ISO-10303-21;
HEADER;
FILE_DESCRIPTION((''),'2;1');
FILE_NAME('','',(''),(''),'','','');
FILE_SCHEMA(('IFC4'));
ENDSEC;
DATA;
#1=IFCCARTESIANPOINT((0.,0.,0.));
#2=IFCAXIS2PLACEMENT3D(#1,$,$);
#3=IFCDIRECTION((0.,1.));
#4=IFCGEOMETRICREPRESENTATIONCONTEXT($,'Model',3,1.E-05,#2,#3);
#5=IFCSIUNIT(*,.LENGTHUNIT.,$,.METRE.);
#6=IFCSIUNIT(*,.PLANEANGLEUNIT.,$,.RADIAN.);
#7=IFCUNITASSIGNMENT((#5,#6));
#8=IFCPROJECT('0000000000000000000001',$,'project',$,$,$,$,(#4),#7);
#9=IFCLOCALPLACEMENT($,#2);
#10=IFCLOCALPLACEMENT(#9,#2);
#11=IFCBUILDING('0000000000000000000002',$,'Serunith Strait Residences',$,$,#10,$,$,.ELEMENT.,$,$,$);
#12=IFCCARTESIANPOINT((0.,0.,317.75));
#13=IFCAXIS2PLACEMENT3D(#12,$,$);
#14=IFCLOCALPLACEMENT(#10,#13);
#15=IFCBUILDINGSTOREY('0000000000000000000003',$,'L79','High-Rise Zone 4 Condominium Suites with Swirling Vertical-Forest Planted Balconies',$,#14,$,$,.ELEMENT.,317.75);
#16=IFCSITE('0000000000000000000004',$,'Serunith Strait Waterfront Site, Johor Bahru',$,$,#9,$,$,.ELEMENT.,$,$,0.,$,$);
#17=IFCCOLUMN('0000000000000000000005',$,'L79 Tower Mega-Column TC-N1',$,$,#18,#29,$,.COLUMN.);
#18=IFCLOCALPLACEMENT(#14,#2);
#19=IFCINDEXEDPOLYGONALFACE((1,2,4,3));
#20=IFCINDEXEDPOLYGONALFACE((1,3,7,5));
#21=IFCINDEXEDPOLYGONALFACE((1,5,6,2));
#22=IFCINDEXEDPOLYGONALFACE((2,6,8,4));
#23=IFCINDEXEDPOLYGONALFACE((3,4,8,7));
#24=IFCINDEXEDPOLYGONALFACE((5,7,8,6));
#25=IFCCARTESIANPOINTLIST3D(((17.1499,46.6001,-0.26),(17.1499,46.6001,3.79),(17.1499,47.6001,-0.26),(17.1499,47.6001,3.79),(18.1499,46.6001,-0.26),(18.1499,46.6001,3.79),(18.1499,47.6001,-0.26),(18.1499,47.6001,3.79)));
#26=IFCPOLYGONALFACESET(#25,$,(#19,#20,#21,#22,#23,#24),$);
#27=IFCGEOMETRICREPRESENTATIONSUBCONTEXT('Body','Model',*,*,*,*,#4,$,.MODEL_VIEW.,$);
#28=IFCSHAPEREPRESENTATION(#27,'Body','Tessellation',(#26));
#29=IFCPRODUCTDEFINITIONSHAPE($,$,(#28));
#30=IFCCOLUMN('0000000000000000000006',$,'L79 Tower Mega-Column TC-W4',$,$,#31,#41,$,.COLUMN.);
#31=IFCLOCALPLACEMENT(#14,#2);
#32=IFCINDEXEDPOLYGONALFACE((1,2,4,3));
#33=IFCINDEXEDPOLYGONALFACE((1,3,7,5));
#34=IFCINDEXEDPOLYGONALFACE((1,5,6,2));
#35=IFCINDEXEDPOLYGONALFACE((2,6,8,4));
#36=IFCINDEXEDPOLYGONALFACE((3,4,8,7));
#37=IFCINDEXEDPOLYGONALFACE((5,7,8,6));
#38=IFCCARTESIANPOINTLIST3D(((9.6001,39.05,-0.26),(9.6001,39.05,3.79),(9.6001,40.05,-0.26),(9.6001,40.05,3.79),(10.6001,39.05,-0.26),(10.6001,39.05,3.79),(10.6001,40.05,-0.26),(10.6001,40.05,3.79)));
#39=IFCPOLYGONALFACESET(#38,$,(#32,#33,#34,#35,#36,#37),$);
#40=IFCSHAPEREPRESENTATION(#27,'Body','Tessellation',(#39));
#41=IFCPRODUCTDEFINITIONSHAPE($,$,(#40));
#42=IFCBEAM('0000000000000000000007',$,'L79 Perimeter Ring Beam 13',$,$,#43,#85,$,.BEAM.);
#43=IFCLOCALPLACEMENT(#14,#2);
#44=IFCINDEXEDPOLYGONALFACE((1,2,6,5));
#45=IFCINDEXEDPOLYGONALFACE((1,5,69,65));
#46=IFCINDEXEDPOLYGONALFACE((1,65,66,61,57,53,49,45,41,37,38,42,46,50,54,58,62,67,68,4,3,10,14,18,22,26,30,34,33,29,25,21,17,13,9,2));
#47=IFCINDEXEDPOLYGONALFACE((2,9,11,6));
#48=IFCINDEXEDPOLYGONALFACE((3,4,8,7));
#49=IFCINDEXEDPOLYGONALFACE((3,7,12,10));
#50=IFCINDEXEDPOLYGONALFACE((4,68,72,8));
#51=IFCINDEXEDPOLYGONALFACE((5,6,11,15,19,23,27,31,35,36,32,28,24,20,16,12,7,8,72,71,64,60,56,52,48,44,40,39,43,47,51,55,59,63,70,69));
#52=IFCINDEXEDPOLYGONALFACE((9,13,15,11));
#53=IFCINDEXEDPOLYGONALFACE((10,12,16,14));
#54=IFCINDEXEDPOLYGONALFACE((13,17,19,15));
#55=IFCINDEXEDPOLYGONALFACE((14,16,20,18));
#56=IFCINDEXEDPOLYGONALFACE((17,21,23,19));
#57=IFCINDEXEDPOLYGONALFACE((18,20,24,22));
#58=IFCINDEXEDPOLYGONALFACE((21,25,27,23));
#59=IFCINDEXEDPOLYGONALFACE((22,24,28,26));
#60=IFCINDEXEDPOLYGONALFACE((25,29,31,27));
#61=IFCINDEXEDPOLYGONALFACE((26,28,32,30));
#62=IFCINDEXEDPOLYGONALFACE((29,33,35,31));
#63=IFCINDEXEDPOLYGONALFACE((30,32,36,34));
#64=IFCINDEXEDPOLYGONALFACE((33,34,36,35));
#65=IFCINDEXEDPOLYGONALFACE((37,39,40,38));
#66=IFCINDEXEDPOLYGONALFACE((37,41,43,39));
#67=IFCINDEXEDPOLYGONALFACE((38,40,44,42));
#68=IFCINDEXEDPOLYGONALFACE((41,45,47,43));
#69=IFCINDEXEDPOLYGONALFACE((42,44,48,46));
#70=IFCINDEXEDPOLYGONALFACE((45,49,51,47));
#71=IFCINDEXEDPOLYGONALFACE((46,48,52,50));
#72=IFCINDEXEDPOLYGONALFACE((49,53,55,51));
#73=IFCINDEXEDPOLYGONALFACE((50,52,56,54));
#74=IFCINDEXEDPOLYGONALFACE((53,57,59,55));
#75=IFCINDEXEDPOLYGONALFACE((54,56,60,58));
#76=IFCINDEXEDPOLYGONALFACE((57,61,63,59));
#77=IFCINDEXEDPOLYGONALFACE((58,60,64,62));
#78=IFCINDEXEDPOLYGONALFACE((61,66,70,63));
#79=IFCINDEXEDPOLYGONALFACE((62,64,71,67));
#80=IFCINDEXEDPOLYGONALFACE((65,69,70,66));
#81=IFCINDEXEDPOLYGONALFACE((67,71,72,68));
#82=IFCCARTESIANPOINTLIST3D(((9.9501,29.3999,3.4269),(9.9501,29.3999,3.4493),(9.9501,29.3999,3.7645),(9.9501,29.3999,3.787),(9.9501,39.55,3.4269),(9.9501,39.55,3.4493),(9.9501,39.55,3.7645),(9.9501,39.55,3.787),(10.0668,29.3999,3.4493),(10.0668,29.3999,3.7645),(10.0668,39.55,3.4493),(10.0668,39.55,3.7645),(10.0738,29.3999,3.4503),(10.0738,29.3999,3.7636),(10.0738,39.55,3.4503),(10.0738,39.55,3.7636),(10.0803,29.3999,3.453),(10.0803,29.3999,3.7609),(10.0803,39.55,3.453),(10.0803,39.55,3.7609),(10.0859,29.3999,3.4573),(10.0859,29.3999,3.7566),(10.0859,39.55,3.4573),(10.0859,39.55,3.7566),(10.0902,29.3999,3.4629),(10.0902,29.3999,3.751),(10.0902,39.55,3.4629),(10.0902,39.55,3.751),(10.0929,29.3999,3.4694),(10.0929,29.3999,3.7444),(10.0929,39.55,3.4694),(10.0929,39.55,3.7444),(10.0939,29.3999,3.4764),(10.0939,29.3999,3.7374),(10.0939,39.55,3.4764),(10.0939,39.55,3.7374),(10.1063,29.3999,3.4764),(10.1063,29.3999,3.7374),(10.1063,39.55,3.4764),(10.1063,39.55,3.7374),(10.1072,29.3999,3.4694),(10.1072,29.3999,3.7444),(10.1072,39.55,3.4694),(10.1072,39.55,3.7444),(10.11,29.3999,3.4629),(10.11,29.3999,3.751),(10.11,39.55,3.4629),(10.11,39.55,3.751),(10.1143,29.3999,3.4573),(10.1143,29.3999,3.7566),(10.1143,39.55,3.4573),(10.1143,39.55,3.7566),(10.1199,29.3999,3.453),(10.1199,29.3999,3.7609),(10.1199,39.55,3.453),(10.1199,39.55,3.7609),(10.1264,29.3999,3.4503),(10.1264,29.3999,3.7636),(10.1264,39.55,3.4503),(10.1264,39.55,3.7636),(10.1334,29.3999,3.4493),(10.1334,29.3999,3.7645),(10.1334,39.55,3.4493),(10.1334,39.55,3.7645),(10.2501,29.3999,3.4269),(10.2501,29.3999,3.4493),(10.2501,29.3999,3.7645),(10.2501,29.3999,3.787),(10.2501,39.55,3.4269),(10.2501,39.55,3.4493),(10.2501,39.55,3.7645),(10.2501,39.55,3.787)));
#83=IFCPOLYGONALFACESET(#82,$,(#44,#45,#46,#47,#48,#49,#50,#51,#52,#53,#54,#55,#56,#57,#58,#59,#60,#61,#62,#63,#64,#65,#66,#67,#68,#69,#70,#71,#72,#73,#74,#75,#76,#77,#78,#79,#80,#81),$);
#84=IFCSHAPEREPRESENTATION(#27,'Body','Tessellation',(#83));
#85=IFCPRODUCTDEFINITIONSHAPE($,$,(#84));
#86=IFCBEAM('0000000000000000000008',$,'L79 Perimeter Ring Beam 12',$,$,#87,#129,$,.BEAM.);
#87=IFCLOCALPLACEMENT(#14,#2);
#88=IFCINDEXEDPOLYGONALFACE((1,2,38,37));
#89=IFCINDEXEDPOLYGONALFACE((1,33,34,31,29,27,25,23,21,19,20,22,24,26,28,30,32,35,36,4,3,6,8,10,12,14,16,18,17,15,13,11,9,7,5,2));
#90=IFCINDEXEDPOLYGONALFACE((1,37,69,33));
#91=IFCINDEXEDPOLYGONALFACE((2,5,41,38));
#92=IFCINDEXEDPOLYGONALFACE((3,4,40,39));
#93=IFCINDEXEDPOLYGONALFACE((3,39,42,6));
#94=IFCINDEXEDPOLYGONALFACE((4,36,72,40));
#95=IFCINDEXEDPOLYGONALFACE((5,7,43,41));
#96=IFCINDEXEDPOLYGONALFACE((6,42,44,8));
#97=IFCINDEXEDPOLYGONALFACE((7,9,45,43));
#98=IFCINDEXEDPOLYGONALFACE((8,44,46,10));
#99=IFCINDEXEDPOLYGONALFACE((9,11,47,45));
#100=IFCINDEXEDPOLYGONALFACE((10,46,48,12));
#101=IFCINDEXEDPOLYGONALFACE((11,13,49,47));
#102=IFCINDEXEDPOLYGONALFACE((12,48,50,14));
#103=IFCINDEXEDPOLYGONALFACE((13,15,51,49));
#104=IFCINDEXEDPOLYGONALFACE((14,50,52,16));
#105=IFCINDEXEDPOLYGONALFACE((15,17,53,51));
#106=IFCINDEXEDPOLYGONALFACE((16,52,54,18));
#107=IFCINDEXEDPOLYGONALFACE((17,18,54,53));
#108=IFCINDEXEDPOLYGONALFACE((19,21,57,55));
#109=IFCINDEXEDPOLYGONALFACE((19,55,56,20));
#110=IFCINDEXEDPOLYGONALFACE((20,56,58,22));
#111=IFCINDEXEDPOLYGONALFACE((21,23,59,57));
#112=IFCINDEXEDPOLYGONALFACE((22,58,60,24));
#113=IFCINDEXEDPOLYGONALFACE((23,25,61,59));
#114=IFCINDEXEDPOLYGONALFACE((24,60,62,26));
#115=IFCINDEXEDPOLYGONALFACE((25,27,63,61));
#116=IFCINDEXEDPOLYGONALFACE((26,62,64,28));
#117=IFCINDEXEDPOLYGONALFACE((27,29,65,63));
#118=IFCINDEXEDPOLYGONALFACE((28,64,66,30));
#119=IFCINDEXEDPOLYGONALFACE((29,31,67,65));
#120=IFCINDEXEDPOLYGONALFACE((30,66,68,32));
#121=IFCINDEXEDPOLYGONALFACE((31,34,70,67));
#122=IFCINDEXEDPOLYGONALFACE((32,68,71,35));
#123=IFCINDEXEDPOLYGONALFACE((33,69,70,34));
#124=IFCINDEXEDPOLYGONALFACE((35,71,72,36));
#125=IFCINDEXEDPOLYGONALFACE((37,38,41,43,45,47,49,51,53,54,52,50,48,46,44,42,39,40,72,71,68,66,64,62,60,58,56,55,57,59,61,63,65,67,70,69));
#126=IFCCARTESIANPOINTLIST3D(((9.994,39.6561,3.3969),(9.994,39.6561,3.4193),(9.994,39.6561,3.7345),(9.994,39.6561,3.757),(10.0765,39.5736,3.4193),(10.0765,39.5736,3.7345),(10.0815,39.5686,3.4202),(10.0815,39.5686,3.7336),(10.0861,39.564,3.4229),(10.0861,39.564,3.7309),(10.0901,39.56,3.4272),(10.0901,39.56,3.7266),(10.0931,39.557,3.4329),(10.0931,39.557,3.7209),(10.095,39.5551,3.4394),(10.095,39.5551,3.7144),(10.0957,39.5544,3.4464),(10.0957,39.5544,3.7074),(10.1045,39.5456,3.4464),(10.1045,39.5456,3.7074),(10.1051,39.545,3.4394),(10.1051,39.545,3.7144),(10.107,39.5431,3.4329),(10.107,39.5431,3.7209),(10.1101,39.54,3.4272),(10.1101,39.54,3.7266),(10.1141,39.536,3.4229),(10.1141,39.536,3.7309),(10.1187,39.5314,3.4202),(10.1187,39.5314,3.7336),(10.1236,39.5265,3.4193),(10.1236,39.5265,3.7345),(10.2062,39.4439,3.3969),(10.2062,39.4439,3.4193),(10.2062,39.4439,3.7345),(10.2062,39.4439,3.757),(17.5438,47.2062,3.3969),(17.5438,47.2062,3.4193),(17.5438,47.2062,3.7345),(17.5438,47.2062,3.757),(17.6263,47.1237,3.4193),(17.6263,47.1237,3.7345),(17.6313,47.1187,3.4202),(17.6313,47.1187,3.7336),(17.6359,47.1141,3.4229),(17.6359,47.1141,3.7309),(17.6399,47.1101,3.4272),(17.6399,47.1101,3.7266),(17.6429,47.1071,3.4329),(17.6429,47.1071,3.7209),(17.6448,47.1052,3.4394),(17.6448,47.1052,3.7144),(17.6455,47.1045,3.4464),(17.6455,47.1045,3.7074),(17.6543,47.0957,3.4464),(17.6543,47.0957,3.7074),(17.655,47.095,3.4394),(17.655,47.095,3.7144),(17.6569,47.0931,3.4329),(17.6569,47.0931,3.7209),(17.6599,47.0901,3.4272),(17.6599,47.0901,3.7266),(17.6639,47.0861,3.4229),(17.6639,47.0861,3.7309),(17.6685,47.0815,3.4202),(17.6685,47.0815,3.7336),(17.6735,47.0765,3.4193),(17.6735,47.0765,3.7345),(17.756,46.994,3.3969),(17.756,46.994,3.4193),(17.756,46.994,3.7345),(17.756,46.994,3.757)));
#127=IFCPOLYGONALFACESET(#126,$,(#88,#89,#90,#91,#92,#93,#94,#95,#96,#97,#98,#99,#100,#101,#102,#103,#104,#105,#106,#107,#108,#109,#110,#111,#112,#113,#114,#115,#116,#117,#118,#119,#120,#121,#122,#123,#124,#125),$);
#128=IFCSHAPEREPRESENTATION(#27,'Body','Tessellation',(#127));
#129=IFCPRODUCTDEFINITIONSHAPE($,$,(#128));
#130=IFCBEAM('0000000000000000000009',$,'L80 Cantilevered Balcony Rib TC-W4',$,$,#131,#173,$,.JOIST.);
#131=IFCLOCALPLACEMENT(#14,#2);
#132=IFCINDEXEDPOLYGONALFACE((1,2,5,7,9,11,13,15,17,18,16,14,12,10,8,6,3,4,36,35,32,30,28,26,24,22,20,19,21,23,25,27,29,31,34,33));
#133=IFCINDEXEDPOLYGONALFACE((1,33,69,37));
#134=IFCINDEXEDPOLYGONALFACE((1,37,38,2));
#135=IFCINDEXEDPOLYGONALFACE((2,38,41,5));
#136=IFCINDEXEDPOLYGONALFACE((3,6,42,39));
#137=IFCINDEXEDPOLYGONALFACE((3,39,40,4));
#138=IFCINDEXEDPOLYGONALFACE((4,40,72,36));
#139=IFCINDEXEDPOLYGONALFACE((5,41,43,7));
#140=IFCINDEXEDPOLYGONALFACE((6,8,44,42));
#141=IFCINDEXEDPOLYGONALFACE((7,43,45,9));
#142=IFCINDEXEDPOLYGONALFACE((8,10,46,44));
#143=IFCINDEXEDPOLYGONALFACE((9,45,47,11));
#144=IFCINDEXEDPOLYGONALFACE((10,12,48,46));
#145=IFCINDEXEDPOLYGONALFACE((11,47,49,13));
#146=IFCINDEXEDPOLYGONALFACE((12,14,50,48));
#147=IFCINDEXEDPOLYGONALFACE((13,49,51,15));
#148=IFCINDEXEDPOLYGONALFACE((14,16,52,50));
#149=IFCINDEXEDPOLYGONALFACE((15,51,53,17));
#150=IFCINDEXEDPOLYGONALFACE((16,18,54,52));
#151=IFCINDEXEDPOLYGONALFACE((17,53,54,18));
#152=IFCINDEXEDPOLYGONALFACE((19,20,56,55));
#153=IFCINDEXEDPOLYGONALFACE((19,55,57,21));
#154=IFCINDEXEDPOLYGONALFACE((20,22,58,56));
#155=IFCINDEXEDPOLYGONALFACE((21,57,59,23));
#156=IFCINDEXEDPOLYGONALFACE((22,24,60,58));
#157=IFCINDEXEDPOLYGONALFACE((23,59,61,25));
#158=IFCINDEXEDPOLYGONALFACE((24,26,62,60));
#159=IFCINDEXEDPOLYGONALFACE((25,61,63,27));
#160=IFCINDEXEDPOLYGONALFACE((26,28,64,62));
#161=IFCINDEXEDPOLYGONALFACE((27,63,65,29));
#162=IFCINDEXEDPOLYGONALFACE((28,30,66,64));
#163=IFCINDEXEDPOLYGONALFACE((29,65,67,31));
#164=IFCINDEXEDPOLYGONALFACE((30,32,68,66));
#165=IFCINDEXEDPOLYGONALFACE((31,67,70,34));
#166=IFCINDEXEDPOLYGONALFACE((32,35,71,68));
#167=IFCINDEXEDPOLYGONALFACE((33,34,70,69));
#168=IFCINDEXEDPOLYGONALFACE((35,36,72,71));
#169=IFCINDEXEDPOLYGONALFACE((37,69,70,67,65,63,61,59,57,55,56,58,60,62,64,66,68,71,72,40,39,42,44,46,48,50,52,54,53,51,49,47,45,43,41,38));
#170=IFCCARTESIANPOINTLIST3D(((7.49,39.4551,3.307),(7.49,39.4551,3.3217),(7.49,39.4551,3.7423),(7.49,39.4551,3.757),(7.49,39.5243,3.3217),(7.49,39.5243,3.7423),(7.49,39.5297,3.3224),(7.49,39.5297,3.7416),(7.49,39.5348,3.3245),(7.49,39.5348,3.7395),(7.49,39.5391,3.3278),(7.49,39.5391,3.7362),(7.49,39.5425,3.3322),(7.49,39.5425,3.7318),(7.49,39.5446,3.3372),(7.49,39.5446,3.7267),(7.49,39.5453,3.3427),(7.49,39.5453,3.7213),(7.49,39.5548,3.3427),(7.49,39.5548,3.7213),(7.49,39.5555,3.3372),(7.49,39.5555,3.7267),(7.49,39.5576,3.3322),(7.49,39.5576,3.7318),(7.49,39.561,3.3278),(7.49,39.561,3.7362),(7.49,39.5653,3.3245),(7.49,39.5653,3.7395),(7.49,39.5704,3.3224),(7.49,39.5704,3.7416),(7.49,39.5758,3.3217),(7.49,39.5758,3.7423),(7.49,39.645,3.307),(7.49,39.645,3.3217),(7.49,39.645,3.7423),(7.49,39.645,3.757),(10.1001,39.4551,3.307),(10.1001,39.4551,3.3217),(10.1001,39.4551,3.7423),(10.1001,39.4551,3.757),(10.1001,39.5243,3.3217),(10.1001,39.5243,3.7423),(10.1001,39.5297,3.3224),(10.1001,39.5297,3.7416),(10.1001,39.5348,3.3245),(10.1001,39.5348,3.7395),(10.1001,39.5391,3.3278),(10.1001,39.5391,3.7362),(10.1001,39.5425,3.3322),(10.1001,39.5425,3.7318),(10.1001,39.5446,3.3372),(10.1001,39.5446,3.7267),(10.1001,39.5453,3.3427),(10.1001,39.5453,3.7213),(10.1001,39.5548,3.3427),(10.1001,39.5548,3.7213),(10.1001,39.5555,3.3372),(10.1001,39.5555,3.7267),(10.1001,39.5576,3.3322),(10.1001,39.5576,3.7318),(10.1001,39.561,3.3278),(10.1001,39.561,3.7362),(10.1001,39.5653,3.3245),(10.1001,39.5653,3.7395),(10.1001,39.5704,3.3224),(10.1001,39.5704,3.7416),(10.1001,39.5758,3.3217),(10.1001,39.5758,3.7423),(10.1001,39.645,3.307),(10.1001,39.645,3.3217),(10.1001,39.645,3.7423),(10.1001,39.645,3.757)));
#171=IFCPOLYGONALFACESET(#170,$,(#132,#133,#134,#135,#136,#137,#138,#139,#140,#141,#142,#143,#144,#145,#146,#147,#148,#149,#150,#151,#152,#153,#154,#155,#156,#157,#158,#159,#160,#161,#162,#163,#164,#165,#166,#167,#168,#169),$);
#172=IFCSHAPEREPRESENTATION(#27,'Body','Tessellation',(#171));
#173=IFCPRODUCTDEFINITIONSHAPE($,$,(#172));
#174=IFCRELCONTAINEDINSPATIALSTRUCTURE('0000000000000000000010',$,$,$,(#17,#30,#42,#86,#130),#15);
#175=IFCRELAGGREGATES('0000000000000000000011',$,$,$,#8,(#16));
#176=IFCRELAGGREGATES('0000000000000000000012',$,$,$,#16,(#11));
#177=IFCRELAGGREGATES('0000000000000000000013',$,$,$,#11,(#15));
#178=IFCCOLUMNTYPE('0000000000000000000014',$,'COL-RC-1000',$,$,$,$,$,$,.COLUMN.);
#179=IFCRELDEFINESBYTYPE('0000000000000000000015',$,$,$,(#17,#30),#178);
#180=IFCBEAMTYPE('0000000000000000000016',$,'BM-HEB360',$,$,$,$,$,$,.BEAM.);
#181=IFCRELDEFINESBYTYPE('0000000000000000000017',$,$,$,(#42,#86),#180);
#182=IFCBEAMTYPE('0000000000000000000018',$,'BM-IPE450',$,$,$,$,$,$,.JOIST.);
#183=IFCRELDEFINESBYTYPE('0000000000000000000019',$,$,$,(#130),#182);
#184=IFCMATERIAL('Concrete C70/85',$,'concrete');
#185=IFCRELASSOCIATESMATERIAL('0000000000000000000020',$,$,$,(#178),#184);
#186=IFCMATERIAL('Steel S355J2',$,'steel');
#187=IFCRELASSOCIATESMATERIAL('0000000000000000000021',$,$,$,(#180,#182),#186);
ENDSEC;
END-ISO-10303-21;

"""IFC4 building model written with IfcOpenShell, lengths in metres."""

from ifc_helpers import new_model, si_unit, direction, frame, origin, origin_2d, place, context, subcontext, project, spatial, rectangle, i_section, extrude, source, transform, mapped, material, material_profile, profile_set, type_object, element, save


model = new_model("IFC4")

# Units and contexts
model_context = context("Model", 3, precision=1e-05, world=origin(), true_north=direction((0.0, 1.0)))
body_context = subcontext(model_context, "Body", "Model", "MODEL_VIEW")
ifc_project = project(units=[si_unit("LENGTHUNIT", "METRE"), si_unit("PLANEANGLEUNIT", "RADIAN")], contexts=[model_context])

# Site, building, storey
site_placement = place(None, origin())
site = spatial("IfcSite", under=ifc_project, at=site_placement, Name="Serunith Strait Waterfront Site, Johor Bahru", CompositionType="ELEMENT", RefElevation=0.0)
building_placement = place(site_placement, origin())
building = spatial("IfcBuilding", under=site, at=building_placement, Name="Serunith Strait Residences", CompositionType="ELEMENT")
storey_placement = place(building_placement, frame((0.0, 0.0, 317.75)))
storey = spatial("IfcBuildingStorey", under=building, at=storey_placement, Name="L79", Description="High-Rise Zone 4 Condominium Suites with Swirling Vertical-Forest Planted Balconies", CompositionType="ELEMENT", Elevation=317.75)

# Columns
ifc_material_1 = material(Name="Concrete C70/85", Category="concrete")
ifc_material_profile_1 = material_profile(ifc_material_1, rectangle(XDim=1.0, YDim=1.0, at=origin_2d()), Name="RC 1000x1000")
ifc_profile_set_1 = profile_set([ifc_material_profile_1], Name="Concrete C70/85")
column_type = type_object("IfcColumnType", Name="COL-RC-1000", PredefinedType="COLUMN", material=ifc_profile_set_1)
shared_shape_1 = source(origin(), body_context, "Body", "SweptSolid", [
    extrude(rectangle(XDim=1.0, YDim=1.0, at=origin_2d()), origin(), (0.0, 0.0, 1.0), 4.05),
])
for number, where, z_axis, x_axis, name in (
    (1, (17.6499, 47.1001, -0.26), (0.0, 0.0, 1.0), (1.0, 0.0, 0.0), "L79 Tower Mega-Column TC-N1"),
    (2, (10.1001, 39.55, -0.26), (0.0, 0.0, 1.0), (1.0, 0.0, 0.0), "L79 Tower Mega-Column TC-W4"),
):
    element("IfcColumn", number, at=place(storey_placement, frame(where, z_axis=z_axis, x_axis=x_axis)), inside=storey, type_object=column_type, Name=name, PredefinedType="COLUMN", context=body_context, shape_type="MappedRepresentation", body=[
        mapped(shared_shape_1, transform((0.0, 0.0, 0.0), scale=1.0)),
    ])

# Beams
ifc_material_2 = material(Name="Steel S355J2", Category="steel")
ifc_material_profile_2 = material_profile(ifc_material_2, i_section(OverallWidth=0.3, OverallDepth=0.3601, WebThickness=0.0125, FlangeThickness=0.0225, FilletRadius=0.0271, at=origin_2d()), Name="HEB 360")
ifc_profile_set_2 = profile_set([ifc_material_profile_2], Name="Steel S355J2")
beam_type_1 = type_object("IfcBeamType", Name="BM-HEB360", PredefinedType="BEAM", material=ifc_profile_set_2)
shared_shape_2 = source(origin(), body_context, "Body", "SweptSolid", [
    extrude(i_section(OverallWidth=0.3, OverallDepth=0.3601, WebThickness=0.0125, FlangeThickness=0.0225, FilletRadius=0.0271, at=origin_2d()), origin(), (0.0, 0.0, 1.0), 10.1501),
])
beam_1_placement = place(storey_placement, frame((10.1001, 39.55, 3.6069), z_axis=(0.0, -1.0, 0.0), x_axis=(1.0, 0.0, 0.0)))
element("IfcBeam", 3, at=beam_1_placement, inside=storey, type_object=beam_type_1, Name="L79 Perimeter Ring Beam 13", PredefinedType="BEAM", context=body_context, shape_type="MappedRepresentation", body=[
    mapped(shared_shape_2, transform((0.0, 0.0, 0.0), scale=1.0)),
])
shared_shape_3 = source(origin(), body_context, "Body", "SweptSolid", [
    extrude(i_section(OverallWidth=0.3, OverallDepth=0.3601, WebThickness=0.0125, FlangeThickness=0.0225, FilletRadius=0.0271, at=origin_2d()), origin(), (0.0, 0.0, 1.0), 10.6772),
])
beam_2_placement = place(storey_placement, frame((17.6499, 47.1001, 3.5769), z_axis=(-0.707095, -0.707118, 0.0), x_axis=(0.707118, -0.707095, 0.0)))
element("IfcBeam", 4, at=beam_2_placement, inside=storey, type_object=beam_type_1, Name="L79 Perimeter Ring Beam 12", PredefinedType="BEAM", context=body_context, shape_type="MappedRepresentation", body=[
    mapped(shared_shape_3, transform((0.0, 0.0, 0.0), scale=1.0)),
])
ifc_material_profile_3 = material_profile(ifc_material_2, i_section(OverallWidth=0.1899, OverallDepth=0.45, WebThickness=0.0095, FlangeThickness=0.0146, FilletRadius=0.021, at=origin_2d()), Name="IPE 450")
ifc_profile_set_3 = profile_set([ifc_material_profile_3], Name="Steel S355J2")
beam_type_2 = type_object("IfcBeamType", Name="BM-IPE450", PredefinedType="JOIST", material=ifc_profile_set_3)
shared_shape_4 = source(origin(), body_context, "Body", "SweptSolid", [
    extrude(i_section(OverallWidth=0.1899, OverallDepth=0.45, WebThickness=0.0095, FlangeThickness=0.0146, FilletRadius=0.021, at=origin_2d()), origin(), (0.0, 0.0, 1.0), 2.6101),
])
beam_3_placement = place(storey_placement, frame((10.1001, 39.55, 3.532), z_axis=(-1.0, 0.0, 0.0), x_axis=(0.0, -1.0, 0.0)))
element("IfcBeam", 5, at=beam_3_placement, inside=storey, type_object=beam_type_2, Name="L80 Cantilevered Balcony Rib TC-W4", PredefinedType="JOIST", context=body_context, shape_type="MappedRepresentation", body=[
    mapped(shared_shape_4, transform((0.0, 0.0, 0.0), scale=1.0)),
])

save(model, "model.ifc")
